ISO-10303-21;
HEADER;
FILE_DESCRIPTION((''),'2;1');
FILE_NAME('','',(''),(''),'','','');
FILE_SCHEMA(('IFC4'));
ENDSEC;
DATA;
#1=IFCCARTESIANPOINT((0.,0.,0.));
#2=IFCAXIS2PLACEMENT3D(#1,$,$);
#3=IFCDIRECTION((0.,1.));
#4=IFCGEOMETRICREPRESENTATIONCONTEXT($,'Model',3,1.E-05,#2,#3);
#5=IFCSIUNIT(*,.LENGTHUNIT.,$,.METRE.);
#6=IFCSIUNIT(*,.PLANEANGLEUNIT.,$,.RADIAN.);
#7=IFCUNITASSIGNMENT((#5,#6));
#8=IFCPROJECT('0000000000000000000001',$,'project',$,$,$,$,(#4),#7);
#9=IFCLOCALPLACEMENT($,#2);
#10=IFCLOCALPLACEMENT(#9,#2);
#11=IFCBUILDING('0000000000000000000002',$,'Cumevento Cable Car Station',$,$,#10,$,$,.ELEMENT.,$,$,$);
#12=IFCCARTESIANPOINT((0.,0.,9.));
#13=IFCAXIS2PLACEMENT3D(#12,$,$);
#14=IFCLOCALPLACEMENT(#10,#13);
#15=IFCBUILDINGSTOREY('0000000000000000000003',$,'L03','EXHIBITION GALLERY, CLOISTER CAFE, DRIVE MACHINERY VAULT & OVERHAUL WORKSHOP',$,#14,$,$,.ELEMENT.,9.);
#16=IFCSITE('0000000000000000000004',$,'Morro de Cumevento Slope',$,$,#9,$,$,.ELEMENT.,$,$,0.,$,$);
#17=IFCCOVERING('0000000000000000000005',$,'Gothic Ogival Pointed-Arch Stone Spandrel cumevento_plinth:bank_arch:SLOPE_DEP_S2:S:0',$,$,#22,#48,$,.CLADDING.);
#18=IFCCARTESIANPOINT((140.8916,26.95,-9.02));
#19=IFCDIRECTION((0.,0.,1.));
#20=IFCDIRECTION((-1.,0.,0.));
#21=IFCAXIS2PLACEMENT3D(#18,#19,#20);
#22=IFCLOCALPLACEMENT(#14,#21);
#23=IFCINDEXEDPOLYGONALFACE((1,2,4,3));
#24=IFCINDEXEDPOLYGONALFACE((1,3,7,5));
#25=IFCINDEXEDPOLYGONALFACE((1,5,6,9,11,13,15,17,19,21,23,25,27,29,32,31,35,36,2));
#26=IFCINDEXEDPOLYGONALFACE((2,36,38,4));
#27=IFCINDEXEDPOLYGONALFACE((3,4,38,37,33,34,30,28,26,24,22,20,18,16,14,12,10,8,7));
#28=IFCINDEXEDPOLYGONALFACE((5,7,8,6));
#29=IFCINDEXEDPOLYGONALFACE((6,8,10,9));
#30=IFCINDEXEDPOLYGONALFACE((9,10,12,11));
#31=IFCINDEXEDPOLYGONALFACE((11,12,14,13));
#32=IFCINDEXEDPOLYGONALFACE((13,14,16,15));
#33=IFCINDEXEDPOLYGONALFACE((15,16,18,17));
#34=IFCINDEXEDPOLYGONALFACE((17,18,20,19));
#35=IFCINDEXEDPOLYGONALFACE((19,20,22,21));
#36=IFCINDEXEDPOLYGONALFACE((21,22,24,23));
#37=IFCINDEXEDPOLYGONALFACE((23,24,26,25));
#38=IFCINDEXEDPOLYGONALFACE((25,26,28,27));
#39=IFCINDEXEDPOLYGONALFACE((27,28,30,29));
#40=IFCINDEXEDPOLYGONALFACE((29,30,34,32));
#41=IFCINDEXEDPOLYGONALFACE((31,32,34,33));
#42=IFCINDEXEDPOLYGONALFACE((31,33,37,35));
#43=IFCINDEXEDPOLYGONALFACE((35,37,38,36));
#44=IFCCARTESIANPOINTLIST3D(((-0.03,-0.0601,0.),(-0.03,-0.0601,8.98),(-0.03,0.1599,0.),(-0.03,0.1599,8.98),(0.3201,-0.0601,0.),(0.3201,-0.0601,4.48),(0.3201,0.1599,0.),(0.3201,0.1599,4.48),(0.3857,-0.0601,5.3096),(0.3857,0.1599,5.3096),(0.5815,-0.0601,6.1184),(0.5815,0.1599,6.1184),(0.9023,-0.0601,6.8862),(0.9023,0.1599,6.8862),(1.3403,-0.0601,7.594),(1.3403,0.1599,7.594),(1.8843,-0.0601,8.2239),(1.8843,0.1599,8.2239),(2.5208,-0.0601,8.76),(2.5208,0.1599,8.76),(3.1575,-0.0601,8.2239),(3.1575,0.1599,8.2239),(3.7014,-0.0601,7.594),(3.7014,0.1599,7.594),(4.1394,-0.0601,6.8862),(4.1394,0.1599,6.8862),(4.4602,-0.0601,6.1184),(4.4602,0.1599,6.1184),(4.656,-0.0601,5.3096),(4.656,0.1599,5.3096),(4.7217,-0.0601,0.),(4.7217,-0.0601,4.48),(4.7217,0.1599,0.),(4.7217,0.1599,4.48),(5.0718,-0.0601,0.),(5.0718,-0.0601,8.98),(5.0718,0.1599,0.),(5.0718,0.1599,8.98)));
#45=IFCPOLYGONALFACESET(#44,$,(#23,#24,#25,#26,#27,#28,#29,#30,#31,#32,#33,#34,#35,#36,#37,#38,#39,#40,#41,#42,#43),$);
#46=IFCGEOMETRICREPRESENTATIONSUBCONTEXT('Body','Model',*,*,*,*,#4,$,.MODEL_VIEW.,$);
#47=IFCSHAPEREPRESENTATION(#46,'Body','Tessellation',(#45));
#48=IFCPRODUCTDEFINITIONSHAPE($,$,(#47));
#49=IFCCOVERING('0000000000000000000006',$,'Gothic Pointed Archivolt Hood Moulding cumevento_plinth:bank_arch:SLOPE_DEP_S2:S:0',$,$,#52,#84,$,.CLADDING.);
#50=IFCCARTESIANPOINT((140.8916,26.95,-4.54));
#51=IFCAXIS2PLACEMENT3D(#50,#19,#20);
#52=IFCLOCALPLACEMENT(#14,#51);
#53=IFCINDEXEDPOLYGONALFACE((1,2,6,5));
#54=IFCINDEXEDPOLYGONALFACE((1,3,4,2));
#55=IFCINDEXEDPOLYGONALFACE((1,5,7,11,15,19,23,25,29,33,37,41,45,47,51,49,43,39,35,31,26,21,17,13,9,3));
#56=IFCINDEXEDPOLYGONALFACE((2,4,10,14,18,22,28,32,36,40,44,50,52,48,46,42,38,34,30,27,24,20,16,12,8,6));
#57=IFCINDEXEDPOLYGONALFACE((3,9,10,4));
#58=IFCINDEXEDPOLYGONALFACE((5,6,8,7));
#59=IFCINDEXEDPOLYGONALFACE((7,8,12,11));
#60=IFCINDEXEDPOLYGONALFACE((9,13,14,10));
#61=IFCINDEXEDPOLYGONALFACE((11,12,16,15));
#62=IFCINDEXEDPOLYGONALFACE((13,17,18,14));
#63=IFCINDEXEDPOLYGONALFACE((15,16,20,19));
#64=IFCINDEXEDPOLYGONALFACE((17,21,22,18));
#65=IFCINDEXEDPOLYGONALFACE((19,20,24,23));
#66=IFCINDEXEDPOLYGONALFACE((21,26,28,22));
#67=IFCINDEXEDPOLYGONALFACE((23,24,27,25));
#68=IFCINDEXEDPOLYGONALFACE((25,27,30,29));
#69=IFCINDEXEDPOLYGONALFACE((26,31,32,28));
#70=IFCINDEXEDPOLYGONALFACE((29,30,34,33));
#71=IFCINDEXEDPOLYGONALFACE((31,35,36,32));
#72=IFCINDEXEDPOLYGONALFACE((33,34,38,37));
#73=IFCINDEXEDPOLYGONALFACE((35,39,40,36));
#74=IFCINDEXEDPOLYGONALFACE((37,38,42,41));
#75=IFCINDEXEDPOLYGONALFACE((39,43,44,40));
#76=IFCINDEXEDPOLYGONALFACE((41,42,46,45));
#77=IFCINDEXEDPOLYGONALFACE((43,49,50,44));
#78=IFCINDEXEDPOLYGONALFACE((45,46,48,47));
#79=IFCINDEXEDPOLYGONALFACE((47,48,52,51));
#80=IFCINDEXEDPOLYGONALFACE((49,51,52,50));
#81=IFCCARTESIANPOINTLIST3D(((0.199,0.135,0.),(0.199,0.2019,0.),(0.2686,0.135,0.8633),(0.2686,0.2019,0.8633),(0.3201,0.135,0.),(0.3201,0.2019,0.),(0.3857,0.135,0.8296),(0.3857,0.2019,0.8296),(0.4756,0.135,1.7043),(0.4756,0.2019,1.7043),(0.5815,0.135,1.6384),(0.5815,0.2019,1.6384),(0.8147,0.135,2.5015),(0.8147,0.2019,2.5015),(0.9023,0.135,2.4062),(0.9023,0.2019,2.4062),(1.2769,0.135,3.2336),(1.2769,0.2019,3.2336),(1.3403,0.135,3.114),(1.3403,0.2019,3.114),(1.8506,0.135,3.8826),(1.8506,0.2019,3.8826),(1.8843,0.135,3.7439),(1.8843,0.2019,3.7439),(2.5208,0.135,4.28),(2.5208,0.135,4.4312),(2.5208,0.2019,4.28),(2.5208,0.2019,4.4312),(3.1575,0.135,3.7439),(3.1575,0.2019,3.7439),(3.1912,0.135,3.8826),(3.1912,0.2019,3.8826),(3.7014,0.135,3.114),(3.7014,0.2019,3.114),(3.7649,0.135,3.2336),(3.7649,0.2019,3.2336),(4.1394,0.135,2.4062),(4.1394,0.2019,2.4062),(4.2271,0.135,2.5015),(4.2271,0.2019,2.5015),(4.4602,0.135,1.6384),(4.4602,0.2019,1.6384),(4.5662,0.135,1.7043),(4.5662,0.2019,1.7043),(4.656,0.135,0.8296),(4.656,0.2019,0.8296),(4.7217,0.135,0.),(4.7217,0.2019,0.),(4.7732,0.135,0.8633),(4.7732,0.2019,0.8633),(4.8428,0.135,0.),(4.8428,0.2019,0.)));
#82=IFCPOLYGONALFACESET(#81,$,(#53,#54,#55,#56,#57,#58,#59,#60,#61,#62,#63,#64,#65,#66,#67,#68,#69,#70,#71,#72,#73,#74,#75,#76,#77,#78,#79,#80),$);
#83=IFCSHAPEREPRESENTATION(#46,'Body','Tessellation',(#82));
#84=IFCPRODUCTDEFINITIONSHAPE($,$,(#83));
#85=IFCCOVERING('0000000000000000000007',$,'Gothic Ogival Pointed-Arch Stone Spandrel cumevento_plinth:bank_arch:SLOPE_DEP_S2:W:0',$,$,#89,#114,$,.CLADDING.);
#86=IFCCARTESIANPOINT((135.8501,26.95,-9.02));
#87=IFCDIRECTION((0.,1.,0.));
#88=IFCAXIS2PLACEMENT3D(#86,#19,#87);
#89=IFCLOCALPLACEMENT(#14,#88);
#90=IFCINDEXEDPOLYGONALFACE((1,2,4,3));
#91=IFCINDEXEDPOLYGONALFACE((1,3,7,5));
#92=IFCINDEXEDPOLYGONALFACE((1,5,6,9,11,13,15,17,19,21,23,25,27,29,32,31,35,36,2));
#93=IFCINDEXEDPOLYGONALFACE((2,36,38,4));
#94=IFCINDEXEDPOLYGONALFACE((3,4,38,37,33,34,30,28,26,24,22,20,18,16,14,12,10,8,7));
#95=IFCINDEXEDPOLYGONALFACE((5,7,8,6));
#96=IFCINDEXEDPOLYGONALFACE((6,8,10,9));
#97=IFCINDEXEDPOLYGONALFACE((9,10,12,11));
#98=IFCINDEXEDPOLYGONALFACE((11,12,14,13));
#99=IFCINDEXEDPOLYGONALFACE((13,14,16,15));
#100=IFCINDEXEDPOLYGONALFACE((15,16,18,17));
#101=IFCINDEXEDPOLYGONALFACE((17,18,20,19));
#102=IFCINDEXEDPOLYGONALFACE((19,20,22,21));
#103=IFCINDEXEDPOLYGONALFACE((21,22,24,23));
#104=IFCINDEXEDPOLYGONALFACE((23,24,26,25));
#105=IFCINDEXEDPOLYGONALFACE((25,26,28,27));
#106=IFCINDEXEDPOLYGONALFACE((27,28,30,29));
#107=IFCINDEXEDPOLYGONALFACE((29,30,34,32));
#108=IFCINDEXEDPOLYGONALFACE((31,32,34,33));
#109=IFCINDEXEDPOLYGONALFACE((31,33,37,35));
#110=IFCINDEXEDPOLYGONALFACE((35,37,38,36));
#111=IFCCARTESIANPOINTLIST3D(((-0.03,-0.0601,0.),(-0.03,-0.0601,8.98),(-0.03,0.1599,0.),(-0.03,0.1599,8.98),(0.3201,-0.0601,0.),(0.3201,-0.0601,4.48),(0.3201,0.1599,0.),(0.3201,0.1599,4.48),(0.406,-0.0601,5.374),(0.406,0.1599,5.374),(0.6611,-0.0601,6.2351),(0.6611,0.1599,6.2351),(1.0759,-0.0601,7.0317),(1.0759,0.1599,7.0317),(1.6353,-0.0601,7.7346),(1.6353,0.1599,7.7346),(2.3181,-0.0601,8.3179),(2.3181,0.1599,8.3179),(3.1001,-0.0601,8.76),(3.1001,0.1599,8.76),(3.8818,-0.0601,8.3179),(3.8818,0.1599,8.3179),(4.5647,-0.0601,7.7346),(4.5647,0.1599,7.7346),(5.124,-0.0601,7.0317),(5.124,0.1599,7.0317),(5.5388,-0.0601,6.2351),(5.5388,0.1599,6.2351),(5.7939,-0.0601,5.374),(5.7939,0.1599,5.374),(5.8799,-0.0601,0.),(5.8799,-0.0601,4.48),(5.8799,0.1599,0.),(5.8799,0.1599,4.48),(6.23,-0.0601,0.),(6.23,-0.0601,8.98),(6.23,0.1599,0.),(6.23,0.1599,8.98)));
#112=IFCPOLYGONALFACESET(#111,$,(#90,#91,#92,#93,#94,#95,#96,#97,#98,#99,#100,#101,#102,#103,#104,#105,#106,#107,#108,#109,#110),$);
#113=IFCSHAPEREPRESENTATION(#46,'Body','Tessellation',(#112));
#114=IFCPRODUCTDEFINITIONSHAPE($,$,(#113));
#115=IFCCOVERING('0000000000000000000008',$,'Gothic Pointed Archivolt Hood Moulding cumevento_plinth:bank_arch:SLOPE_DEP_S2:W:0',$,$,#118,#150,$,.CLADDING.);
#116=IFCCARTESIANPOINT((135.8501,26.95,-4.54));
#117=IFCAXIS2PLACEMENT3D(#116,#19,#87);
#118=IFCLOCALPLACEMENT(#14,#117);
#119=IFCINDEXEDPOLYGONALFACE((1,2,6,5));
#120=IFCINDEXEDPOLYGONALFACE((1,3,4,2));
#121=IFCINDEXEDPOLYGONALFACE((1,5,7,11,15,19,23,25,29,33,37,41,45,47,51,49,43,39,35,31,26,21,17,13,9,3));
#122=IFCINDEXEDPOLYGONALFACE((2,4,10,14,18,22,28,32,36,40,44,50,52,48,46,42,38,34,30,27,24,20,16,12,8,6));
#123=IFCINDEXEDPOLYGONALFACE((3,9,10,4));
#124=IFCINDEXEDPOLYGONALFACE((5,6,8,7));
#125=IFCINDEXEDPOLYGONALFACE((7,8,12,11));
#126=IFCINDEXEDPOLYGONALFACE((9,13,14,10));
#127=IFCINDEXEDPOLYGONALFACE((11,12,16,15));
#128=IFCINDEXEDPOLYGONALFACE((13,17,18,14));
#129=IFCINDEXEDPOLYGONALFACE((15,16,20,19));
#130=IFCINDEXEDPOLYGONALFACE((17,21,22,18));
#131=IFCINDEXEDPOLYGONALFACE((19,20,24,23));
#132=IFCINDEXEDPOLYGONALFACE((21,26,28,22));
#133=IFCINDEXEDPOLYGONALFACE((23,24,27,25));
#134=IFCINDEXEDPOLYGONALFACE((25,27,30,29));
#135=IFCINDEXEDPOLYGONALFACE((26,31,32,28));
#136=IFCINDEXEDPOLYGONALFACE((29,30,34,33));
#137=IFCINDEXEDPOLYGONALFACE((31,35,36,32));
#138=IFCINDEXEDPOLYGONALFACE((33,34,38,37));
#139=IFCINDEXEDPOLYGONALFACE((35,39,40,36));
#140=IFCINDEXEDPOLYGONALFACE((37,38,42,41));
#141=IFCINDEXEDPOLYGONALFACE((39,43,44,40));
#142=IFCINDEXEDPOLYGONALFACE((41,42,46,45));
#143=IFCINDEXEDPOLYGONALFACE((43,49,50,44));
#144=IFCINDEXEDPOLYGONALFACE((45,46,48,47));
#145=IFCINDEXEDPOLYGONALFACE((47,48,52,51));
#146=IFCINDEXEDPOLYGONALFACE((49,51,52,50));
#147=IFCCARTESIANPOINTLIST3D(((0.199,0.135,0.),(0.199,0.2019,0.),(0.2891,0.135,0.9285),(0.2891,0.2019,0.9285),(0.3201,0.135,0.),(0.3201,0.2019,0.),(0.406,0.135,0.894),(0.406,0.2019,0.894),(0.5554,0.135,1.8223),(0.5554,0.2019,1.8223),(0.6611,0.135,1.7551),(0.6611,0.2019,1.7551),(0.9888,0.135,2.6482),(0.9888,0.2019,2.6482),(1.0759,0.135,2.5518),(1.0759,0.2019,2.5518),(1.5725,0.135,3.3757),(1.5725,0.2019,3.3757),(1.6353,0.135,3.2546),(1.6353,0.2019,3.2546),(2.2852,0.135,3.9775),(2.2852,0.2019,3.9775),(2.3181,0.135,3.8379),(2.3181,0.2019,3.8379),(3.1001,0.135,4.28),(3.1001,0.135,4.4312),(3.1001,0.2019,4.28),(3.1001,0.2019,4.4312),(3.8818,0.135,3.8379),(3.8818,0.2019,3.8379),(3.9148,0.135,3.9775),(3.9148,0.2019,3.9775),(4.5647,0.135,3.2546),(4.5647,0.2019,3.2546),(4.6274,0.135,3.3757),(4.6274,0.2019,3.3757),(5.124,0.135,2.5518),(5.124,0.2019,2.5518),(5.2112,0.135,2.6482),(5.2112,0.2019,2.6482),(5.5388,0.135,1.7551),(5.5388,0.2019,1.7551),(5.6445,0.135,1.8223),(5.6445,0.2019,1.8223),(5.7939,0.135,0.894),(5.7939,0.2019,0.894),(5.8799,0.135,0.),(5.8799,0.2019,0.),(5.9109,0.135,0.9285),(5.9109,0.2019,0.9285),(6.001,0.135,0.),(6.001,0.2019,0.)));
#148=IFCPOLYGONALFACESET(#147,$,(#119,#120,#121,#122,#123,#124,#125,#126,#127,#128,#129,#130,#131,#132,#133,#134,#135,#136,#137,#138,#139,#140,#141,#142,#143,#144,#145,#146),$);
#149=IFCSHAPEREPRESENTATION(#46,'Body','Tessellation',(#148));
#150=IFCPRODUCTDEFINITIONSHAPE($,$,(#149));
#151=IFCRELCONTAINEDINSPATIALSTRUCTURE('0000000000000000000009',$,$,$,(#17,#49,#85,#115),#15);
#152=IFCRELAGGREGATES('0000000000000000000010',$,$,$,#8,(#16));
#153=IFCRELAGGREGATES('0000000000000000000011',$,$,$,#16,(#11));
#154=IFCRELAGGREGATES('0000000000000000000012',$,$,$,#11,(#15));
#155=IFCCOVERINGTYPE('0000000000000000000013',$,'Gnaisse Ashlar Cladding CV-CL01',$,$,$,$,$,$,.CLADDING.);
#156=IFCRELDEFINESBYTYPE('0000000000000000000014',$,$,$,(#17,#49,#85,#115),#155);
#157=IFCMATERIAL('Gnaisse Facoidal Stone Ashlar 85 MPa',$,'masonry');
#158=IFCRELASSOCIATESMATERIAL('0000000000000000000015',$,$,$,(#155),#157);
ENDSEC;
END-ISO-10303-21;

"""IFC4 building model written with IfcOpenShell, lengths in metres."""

from ifc_helpers import new_model, si_unit, direction, frame, origin, place, context, subcontext, project, spatial, polyline, outline, extrude, material, type_object, element, save


model = new_model("IFC4")

# Units and contexts
model_context = context("Model", 3, precision=1e-05, world=origin(), true_north=direction((0.0, 1.0)))
body_context = subcontext(model_context, "Body", "Model", "MODEL_VIEW")
ifc_project = project(units=[si_unit("LENGTHUNIT", "METRE"), si_unit("PLANEANGLEUNIT", "RADIAN")], contexts=[model_context])

# Site, building, storey
site_placement = place(None, origin())
site = spatial("IfcSite", under=ifc_project, at=site_placement, Name="Morro de Cumevento Slope", CompositionType="ELEMENT", RefElevation=0.0)
building_placement = place(site_placement, origin())
building = spatial("IfcBuilding", under=site, at=building_placement, Name="Cumevento Cable Car Station", CompositionType="ELEMENT")
storey_placement = place(building_placement, frame((0.0, 0.0, 9.0)))
storey = spatial("IfcBuildingStorey", under=building, at=storey_placement, Name="L03", Description="EXHIBITION GALLERY, CLOISTER CAFE, DRIVE MACHINERY VAULT & OVERHAUL WORKSHOP", CompositionType="ELEMENT", Elevation=9.0)

# Coverings
ifc_material_1 = material(Name="Gnaisse Facoidal Stone Ashlar 85 MPa", Category="masonry")
covering_type = type_object("IfcCoveringType", Name="Gnaisse Ashlar Cladding CV-CL01", PredefinedType="CLADDING", material=ifc_material_1)
covering_1_placement = place(storey_placement, frame((140.8916, 26.95, -9.02), z_axis=(0.0, 0.0, 1.0), x_axis=(-1.0, 0.0, 0.0)))
element("IfcCovering", 1, at=covering_1_placement, inside=storey, type_object=covering_type, Name="Gothic Ogival Pointed-Arch Stone Spandrel cumevento_plinth:bank_arch:SLOPE_DEP_S2:S:0", PredefinedType="CLADDING", context=body_context, shape_type="SweptSolid", body=[
    extrude(outline(polyline([(-0.03, 0.0), (-0.03, 8.98), (5.0718, 8.98), (5.0718, 0.0), (4.7217, 0.0), (4.7217, 4.48), (4.656, 5.3096), (4.4602, 6.1184), (4.1394, 6.8862), (3.7014, 7.594), (3.1575, 8.2239), (2.5208, 8.76), (1.8843, 8.2239), (1.3403, 7.594), (0.9023, 6.8862), (0.5815, 6.1184), (0.3857, 5.3096), (0.3201, 4.48), (0.3201, 0.0), (-0.03, 0.0)])), frame((0.0, 0.1599, 0.0), z_axis=(0.0, -1.0, 0.0), x_axis=(1.0, 0.0, 0.0)), (0.0, 0.0, 1.0), 0.22),
])
covering_2_placement = place(storey_placement, frame((140.8916, 26.95, -4.54), z_axis=(0.0, 0.0, 1.0), x_axis=(-1.0, 0.0, 0.0)))
element("IfcCovering", 2, at=covering_2_placement, inside=storey, type_object=covering_type, Name="Gothic Pointed Archivolt Hood Moulding cumevento_plinth:bank_arch:SLOPE_DEP_S2:S:0", PredefinedType="CLADDING", context=body_context, shape_type="SweptSolid", body=[
    extrude(outline(polyline([(0.3201, 0.0), (0.3857, 0.8296), (0.5815, 1.6384), (0.9023, 2.4062), (1.3403, 3.114), (1.8843, 3.7439), (2.5208, 4.28), (3.1575, 3.7439), (3.7014, 3.114), (4.1394, 2.4062), (4.4602, 1.6384), (4.656, 0.8296), (4.7217, 0.0), (4.8428, 0.0), (4.7732, 0.8633), (4.5662, 1.7043), (4.2271, 2.5015), (3.7649, 3.2336), (3.1912, 3.8826), (2.5208, 4.4312), (1.8506, 3.8826), (1.2769, 3.2336), (0.8147, 2.5015), (0.4756, 1.7043), (0.2686, 0.8633), (0.199, 0.0), (0.3201, 0.0)])), frame((0.0, 0.2019, 0.0), z_axis=(0.0, -1.0, 0.0), x_axis=(1.0, 0.0, 0.0)), (0.0, 0.0, 1.0), 0.0669),
])
covering_3_placement = place(storey_placement, frame((135.8501, 26.95, -9.02), z_axis=(0.0, 0.0, 1.0), x_axis=(0.0, 1.0, 0.0)))
element("IfcCovering", 3, at=covering_3_placement, inside=storey, type_object=covering_type, Name="Gothic Ogival Pointed-Arch Stone Spandrel cumevento_plinth:bank_arch:SLOPE_DEP_S2:W:0", PredefinedType="CLADDING", context=body_context, shape_type="SweptSolid", body=[
    extrude(outline(polyline([(-0.03, 0.0), (-0.03, 8.98), (6.23, 8.98), (6.23, 0.0), (5.8799, 0.0), (5.8799, 4.48), (5.7939, 5.374), (5.5388, 6.2351), (5.124, 7.0317), (4.5647, 7.7346), (3.8818, 8.3179), (3.1001, 8.76), (2.3181, 8.3179), (1.6353, 7.7346), (1.0759, 7.0317), (0.6611, 6.2351), (0.406, 5.374), (0.3201, 4.48), (0.3201, 0.0), (-0.03, 0.0)])), frame((0.0, 0.1599, 0.0), z_axis=(0.0, -1.0, 0.0), x_axis=(1.0, 0.0, 0.0)), (0.0, 0.0, 1.0), 0.22),
])
covering_4_placement = place(storey_placement, frame((135.8501, 26.95, -4.54), z_axis=(0.0, 0.0, 1.0), x_axis=(0.0, 1.0, 0.0)))
element("IfcCovering", 4, at=covering_4_placement, inside=storey, type_object=covering_type, Name="Gothic Pointed Archivolt Hood Moulding cumevento_plinth:bank_arch:SLOPE_DEP_S2:W:0", PredefinedType="CLADDING", context=body_context, shape_type="SweptSolid", body=[
    extrude(outline(polyline([(0.3201, 0.0), (0.406, 0.894), (0.6611, 1.7551), (1.0759, 2.5518), (1.6353, 3.2546), (2.3181, 3.8379), (3.1001, 4.28), (3.8818, 3.8379), (4.5647, 3.2546), (5.124, 2.5518), (5.5388, 1.7551), (5.7939, 0.894), (5.8799, 0.0), (6.001, 0.0), (5.9109, 0.9285), (5.6445, 1.8223), (5.2112, 2.6482), (4.6274, 3.3757), (3.9148, 3.9775), (3.1001, 4.4312), (2.2852, 3.9775), (1.5725, 3.3757), (0.9888, 2.6482), (0.5554, 1.8223), (0.2891, 0.9285), (0.199, 0.0), (0.3201, 0.0)])), frame((0.0, 0.2019, 0.0), z_axis=(0.0, -1.0, 0.0), x_axis=(1.0, 0.0, 0.0)), (0.0, 0.0, 1.0), 0.0669),
])

save(model, "model.ifc")
